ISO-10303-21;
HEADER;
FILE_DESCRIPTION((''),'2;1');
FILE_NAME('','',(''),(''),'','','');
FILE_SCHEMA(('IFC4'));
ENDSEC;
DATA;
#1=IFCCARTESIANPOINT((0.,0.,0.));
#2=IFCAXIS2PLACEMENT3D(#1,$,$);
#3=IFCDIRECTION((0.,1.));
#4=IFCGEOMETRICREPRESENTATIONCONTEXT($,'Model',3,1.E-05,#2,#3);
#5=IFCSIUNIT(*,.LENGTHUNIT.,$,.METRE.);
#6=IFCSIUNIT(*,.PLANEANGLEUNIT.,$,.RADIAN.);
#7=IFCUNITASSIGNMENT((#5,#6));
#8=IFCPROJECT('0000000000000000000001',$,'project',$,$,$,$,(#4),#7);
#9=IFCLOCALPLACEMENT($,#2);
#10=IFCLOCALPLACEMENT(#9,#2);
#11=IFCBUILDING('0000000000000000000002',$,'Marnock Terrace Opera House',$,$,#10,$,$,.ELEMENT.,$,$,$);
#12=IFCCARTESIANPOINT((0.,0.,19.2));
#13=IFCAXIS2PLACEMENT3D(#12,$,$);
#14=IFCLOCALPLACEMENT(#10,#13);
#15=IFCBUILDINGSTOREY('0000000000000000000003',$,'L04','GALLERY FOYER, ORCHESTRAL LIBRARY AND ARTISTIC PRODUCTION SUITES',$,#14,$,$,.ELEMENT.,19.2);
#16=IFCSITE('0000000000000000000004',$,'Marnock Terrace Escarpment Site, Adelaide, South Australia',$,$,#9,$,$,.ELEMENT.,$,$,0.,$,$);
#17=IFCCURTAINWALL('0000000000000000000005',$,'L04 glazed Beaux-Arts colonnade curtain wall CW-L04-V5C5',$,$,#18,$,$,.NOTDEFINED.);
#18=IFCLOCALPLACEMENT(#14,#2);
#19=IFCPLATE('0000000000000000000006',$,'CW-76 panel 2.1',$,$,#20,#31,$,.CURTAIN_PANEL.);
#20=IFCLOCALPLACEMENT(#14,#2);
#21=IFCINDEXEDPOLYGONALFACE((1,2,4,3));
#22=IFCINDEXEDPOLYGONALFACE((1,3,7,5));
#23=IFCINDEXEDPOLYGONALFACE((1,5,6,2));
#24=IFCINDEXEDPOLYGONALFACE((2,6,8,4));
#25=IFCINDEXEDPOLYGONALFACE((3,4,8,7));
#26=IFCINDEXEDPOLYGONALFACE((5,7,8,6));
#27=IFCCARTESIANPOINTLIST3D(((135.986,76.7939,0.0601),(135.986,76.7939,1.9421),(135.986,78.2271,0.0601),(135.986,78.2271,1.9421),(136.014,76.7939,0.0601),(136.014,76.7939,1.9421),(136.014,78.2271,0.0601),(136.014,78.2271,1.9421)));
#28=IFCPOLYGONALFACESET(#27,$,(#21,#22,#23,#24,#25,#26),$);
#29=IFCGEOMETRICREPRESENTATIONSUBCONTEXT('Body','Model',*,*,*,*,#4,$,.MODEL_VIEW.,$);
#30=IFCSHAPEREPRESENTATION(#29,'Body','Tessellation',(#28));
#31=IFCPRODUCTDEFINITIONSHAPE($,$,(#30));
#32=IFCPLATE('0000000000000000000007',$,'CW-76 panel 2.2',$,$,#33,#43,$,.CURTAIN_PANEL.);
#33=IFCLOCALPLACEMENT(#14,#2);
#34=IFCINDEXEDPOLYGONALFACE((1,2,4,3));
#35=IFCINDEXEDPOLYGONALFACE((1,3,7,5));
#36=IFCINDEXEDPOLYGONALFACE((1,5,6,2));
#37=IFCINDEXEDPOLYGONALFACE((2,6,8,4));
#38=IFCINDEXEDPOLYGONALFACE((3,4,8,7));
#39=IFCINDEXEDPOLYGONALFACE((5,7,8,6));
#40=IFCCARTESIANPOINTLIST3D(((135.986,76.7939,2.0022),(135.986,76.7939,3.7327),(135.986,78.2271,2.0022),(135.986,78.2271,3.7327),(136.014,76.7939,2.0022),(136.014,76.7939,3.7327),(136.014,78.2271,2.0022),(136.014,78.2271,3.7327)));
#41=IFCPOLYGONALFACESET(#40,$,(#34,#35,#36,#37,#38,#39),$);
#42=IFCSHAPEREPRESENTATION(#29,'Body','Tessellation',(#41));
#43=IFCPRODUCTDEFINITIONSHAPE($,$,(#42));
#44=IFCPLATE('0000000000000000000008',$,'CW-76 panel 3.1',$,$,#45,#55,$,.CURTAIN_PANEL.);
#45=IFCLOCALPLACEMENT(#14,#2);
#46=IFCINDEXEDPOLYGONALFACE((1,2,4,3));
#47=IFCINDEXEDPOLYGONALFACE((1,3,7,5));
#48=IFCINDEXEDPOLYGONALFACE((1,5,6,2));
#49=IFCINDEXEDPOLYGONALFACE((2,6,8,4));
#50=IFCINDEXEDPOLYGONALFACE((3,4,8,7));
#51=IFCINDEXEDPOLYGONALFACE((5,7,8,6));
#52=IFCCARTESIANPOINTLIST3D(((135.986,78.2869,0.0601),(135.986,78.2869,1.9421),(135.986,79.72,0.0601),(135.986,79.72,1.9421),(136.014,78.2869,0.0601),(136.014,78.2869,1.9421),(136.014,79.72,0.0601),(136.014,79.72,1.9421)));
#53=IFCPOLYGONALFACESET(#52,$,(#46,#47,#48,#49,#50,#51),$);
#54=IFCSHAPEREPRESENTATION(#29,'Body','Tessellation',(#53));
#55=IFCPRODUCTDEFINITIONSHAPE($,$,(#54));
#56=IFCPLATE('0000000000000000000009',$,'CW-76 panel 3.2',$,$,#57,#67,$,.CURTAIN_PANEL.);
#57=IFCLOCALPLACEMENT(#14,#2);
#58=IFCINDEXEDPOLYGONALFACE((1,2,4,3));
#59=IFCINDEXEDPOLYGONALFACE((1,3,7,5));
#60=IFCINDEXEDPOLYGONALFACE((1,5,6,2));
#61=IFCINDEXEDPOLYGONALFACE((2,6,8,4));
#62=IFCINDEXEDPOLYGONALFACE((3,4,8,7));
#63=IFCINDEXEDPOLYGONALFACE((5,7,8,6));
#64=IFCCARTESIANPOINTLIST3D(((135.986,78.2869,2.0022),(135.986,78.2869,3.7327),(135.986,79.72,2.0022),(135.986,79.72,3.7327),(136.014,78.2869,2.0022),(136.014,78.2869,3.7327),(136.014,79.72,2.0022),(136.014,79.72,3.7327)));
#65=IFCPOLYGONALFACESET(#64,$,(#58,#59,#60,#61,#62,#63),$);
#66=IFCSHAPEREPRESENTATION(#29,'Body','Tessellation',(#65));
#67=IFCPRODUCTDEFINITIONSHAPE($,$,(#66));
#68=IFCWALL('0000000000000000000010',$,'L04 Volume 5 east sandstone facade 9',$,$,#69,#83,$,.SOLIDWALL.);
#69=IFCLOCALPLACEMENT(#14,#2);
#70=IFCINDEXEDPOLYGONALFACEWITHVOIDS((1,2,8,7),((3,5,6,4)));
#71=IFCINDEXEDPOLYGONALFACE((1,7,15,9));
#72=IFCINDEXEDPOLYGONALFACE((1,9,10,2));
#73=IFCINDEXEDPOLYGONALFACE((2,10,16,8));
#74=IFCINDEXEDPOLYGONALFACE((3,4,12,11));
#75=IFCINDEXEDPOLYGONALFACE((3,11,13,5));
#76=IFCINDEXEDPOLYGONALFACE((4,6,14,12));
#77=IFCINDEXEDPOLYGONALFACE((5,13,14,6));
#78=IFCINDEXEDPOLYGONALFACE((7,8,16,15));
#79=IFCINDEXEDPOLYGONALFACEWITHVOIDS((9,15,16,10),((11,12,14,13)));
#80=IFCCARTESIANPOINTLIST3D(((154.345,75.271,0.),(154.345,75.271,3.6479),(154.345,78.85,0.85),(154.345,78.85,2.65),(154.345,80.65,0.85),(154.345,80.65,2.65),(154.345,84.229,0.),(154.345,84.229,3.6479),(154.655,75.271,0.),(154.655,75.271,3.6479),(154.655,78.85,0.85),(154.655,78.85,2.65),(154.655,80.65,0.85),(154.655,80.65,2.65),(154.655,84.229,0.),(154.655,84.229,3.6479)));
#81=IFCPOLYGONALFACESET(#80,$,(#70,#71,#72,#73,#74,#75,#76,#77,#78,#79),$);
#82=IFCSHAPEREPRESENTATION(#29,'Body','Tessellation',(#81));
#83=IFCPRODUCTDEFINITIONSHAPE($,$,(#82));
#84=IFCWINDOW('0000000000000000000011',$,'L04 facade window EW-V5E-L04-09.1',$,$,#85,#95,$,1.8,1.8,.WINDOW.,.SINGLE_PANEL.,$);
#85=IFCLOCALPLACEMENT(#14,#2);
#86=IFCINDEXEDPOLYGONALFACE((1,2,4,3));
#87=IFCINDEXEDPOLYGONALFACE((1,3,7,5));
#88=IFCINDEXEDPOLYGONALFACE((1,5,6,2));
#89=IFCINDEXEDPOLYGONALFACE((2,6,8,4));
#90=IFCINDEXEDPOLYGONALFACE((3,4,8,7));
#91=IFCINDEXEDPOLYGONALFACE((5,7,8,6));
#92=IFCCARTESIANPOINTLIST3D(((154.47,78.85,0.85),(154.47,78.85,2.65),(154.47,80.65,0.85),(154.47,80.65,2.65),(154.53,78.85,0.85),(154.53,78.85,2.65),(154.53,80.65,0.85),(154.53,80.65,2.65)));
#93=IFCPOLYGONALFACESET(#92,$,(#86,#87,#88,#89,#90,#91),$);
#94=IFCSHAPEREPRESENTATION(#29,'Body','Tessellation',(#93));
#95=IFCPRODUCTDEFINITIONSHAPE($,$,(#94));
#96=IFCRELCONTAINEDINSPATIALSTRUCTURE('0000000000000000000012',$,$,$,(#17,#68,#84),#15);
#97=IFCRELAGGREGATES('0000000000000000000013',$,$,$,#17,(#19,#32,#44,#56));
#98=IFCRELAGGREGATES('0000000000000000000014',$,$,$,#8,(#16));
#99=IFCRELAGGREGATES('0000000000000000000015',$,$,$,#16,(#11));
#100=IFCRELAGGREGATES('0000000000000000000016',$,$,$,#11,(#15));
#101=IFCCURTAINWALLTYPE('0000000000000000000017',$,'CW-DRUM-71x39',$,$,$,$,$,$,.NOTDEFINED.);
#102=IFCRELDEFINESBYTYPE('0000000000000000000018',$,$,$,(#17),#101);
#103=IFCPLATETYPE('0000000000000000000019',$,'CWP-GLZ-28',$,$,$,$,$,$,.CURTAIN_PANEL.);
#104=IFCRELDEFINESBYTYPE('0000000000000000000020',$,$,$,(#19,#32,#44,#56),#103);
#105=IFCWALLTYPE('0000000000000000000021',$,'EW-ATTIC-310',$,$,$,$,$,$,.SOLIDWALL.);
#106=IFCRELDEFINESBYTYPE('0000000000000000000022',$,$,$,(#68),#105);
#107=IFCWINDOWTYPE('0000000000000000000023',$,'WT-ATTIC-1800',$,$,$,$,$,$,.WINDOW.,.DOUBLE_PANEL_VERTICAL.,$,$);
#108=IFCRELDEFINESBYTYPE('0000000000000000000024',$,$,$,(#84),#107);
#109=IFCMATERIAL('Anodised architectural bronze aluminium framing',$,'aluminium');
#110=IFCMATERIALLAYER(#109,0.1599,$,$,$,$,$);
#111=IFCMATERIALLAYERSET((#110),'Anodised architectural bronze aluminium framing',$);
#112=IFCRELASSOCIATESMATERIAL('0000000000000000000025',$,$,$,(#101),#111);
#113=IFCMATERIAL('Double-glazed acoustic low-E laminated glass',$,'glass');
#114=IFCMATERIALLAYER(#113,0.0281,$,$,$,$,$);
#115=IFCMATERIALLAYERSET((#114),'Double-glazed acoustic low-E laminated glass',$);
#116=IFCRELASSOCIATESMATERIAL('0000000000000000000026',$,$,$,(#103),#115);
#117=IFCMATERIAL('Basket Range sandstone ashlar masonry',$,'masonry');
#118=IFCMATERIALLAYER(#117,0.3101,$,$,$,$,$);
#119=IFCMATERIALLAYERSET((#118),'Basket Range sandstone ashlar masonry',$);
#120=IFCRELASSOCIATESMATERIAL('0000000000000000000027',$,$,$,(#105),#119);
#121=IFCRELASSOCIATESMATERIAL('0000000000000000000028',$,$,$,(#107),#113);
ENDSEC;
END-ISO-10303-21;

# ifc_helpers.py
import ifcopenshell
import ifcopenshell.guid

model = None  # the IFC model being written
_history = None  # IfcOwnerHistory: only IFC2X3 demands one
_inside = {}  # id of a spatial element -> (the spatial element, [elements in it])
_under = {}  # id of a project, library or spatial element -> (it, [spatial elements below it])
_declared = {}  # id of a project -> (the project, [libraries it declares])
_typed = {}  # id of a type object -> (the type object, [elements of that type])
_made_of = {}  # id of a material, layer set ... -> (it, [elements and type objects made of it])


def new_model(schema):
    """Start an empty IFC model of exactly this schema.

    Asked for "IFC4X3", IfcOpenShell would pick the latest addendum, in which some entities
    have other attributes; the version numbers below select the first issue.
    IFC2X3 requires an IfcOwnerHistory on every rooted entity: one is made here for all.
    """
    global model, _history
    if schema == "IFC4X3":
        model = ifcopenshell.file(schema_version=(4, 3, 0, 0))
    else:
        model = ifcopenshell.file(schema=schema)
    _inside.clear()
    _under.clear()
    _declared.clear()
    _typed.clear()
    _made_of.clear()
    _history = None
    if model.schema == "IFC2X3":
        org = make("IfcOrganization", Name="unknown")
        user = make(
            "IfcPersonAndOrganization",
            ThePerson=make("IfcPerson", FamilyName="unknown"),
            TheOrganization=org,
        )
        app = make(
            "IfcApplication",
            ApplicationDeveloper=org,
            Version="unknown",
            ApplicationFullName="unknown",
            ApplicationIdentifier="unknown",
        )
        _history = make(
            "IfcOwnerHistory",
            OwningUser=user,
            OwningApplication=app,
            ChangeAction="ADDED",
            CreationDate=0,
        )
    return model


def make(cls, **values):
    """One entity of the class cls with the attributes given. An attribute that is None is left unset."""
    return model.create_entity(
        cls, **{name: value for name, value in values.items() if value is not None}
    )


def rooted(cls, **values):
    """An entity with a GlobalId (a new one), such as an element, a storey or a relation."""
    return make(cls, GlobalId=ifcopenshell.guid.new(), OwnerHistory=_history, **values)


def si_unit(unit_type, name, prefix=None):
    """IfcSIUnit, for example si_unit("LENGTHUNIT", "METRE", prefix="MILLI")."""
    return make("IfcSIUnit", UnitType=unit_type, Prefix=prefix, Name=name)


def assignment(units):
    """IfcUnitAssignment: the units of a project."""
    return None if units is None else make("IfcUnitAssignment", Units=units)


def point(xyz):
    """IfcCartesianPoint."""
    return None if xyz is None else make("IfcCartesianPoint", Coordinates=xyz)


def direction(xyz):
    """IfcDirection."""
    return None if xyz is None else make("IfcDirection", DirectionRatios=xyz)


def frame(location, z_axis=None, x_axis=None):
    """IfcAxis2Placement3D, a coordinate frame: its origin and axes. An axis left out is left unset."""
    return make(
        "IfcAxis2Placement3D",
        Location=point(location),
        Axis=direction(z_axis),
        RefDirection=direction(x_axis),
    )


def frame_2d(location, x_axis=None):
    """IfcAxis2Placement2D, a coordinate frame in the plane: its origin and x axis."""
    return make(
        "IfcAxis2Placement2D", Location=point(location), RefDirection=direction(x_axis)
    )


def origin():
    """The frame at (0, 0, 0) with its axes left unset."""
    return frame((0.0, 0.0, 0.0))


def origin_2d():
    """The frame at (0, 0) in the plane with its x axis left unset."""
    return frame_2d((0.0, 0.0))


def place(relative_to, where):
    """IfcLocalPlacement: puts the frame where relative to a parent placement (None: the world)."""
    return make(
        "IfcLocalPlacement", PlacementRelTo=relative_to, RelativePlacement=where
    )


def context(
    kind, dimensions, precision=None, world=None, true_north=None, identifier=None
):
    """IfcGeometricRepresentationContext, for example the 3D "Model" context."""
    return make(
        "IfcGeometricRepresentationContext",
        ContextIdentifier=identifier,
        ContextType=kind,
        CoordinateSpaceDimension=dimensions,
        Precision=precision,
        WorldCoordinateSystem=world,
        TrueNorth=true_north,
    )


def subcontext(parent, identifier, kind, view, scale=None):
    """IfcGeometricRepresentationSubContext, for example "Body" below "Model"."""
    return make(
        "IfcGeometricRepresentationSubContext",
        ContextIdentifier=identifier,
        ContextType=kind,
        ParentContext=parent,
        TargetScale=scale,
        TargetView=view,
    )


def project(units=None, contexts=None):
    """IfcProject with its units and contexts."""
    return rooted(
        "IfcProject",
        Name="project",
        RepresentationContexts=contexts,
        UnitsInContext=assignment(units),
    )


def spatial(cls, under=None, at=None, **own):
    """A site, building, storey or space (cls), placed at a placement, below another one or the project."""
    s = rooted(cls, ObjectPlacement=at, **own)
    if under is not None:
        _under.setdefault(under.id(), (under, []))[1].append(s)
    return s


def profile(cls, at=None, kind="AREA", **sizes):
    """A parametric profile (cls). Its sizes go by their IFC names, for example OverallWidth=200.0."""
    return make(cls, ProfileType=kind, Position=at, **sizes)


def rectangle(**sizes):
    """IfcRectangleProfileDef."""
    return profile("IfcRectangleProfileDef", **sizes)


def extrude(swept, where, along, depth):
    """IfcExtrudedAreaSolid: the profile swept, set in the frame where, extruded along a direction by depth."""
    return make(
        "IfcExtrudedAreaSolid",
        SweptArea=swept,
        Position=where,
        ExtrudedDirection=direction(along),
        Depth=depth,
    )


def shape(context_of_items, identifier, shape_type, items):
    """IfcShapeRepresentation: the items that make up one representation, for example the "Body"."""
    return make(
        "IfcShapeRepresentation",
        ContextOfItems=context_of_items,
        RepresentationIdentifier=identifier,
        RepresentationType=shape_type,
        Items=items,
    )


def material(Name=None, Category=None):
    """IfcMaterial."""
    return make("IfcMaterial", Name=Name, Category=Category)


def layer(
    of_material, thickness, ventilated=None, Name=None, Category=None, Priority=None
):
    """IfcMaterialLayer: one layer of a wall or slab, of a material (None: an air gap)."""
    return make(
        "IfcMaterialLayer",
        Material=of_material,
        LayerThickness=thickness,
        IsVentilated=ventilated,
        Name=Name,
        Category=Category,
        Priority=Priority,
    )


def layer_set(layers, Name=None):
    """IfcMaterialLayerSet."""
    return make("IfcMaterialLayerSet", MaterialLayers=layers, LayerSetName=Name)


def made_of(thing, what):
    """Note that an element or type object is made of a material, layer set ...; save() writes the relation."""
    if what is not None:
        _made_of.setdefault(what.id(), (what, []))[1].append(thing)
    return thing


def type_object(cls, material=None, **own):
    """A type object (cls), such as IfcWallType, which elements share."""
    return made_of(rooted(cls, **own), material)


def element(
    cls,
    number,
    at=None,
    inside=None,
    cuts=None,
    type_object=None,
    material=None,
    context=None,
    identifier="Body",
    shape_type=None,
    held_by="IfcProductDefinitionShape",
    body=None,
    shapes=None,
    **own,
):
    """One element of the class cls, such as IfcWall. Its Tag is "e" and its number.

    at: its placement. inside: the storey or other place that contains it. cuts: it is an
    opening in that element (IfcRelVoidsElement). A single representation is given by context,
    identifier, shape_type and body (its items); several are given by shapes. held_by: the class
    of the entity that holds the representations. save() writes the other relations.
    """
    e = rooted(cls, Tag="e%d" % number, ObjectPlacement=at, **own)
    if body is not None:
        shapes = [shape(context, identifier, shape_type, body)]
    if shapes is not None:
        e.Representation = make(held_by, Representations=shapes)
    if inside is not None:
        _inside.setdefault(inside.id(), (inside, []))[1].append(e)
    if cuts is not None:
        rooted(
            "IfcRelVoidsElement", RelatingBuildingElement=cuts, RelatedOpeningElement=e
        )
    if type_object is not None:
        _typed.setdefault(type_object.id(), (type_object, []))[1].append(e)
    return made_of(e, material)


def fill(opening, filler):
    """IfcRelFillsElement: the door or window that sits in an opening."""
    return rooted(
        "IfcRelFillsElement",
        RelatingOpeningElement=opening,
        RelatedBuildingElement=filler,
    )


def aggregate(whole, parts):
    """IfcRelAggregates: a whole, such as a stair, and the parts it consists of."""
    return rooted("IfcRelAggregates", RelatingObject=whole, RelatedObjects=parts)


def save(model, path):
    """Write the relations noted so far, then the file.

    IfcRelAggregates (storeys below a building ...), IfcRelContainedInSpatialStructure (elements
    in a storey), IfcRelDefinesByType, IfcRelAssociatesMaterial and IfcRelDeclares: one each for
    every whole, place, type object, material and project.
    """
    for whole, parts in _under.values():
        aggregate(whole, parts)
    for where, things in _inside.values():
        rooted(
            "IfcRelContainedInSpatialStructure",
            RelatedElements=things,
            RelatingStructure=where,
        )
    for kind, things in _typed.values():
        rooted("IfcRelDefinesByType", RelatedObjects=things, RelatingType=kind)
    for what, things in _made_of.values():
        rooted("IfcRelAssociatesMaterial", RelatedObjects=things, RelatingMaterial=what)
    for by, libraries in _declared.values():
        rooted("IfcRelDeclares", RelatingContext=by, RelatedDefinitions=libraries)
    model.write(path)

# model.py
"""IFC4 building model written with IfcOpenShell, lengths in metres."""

from ifc_helpers import new_model, si_unit, direction, frame, frame_2d, origin, origin_2d, place, context, subcontext, project, spatial, rectangle, extrude, material, layer, layer_set, type_object, element, fill, aggregate, save


model = new_model("IFC4")

# Units and contexts
model_context = context("Model", 3, precision=1e-05, world=origin(), true_north=direction((0.0, 1.0)))
body_context = subcontext(model_context, "Body", "Model", "MODEL_VIEW")
ifc_project = project(units=[si_unit("LENGTHUNIT", "METRE"), si_unit("PLANEANGLEUNIT", "RADIAN")], contexts=[model_context])

# Site, building, storey
site_placement = place(None, origin())
site = spatial("IfcSite", under=ifc_project, at=site_placement, Name="Marnock Terrace Escarpment Site, Adelaide, South Australia", CompositionType="ELEMENT", RefElevation=0.0)
building_placement = place(site_placement, origin())
building = spatial("IfcBuilding", under=site, at=building_placement, Name="Marnock Terrace Opera House", CompositionType="ELEMENT")
storey_placement = place(building_placement, frame((0.0, 0.0, 19.2)))
storey = spatial("IfcBuildingStorey", under=building, at=storey_placement, Name="L04", Description="GALLERY FOYER, ORCHESTRAL LIBRARY AND ARTISTIC PRODUCTION SUITES", CompositionType="ELEMENT", Elevation=19.2)

# Curtain wall, plates
ifc_material_1 = material(Name="Anodised architectural bronze aluminium framing", Category="aluminium")
ifc_layer_1 = layer(ifc_material_1, 0.1599)
ifc_layer_set_1 = layer_set([ifc_layer_1], Name="Anodised architectural bronze aluminium framing")
curtain_wall_type = type_object("IfcCurtainWallType", Name="CW-DRUM-71x39", PredefinedType="NOTDEFINED", material=ifc_layer_set_1)
curtain_wall_placement = place(storey_placement, origin())
curtain_wall = element("IfcCurtainWall", 1, at=curtain_wall_placement, inside=storey, type_object=curtain_wall_type, Name="L04 glazed Beaux-Arts colonnade curtain wall CW-L04-V5C5", PredefinedType="NOTDEFINED")
ifc_material_2 = material(Name="Double-glazed acoustic low-E laminated glass", Category="glass")
ifc_layer_2 = layer(ifc_material_2, 0.0281)
ifc_layer_set_2 = layer_set([ifc_layer_2], Name="Double-glazed acoustic low-E laminated glass")
plate_type = type_object("IfcPlateType", Name="CWP-GLZ-28", PredefinedType="CURTAIN_PANEL", material=ifc_layer_set_2)
plate_1_placement = place(storey_placement, frame((136.0, 77.5105, 0.0601), z_axis=(0.0, 0.0, 1.0), x_axis=(0.0, 1.0, 0.0)))
plate_1 = element("IfcPlate", 2, at=plate_1_placement, type_object=plate_type, Name="CW-76 panel 2.1", PredefinedType="CURTAIN_PANEL", context=body_context, shape_type="SweptSolid", body=[
    extrude(rectangle(XDim=1.4331, YDim=0.0281, at=origin_2d()), origin(), (0.0, 0.0, 1.0), 1.8821),
])
plate_2_placement = place(storey_placement, frame((136.0, 77.5105, 2.0022), z_axis=(0.0, 0.0, 1.0), x_axis=(0.0, 1.0, 0.0)))
plate_2 = element("IfcPlate", 3, at=plate_2_placement, type_object=plate_type, Name="CW-76 panel 2.2", PredefinedType="CURTAIN_PANEL", context=body_context, shape_type="SweptSolid", body=[
    extrude(rectangle(XDim=1.4331, YDim=0.0281, at=origin_2d()), origin(), (0.0, 0.0, 1.0), 1.7305),
])
plate_3_placement = place(storey_placement, frame((136.0, 79.0034, 0.0601), z_axis=(0.0, 0.0, 1.0), x_axis=(0.0, 1.0, 0.0)))
plate_3 = element("IfcPlate", 4, at=plate_3_placement, type_object=plate_type, Name="CW-76 panel 3.1", PredefinedType="CURTAIN_PANEL", context=body_context, shape_type="SweptSolid", body=[
    extrude(rectangle(XDim=1.4331, YDim=0.0281, at=origin_2d()), origin(), (0.0, 0.0, 1.0), 1.8821),
])
plate_4_placement = place(storey_placement, frame((136.0, 79.0034, 2.0022), z_axis=(0.0, 0.0, 1.0), x_axis=(0.0, 1.0, 0.0)))
plate_4 = element("IfcPlate", 5, at=plate_4_placement, type_object=plate_type, Name="CW-76 panel 3.2", PredefinedType="CURTAIN_PANEL", context=body_context, shape_type="SweptSolid", body=[
    extrude(rectangle(XDim=1.4331, YDim=0.0281, at=origin_2d()), origin(), (0.0, 0.0, 1.0), 1.7305),
])
aggregate(curtain_wall, [plate_1, plate_2, plate_3, plate_4])

# Wall, opening, window
ifc_material_3 = material(Name="Basket Range sandstone ashlar masonry", Category="masonry")
ifc_layer_3 = layer(ifc_material_3, 0.3101)
ifc_layer_set_3 = layer_set([ifc_layer_3], Name="Basket Range sandstone ashlar masonry")
wall_type = type_object("IfcWallType", Name="EW-ATTIC-310", PredefinedType="SOLIDWALL", material=ifc_layer_set_3)
wall_placement = place(storey_placement, frame((154.5, 75.271, 0.0), z_axis=(0.0, 0.0, 1.0), x_axis=(0.0, 1.0, 0.0)))
wall = element("IfcWall", 6, at=wall_placement, inside=storey, type_object=wall_type, Name="L04 Volume 5 east sandstone facade 9", PredefinedType="SOLIDWALL", context=body_context, shape_type="SweptSolid", body=[
    extrude(rectangle(XDim=8.958, YDim=0.3101, at=frame_2d((4.479, 0.0))), origin(), (0.0, 0.0, 1.0), 3.6479),
])
opening_placement = place(wall_placement, frame((3.5791, 0.0, 0.8501)))
opening = element("IfcOpeningElement", 7, at=opening_placement, cuts=wall, PredefinedType="OPENING", context=body_context, shape_type="SweptSolid", body=[
    extrude(rectangle(XDim=1.8, YDim=1.8, at=frame_2d((0.8999, 0.8999))), frame((0.0, 0.165, 0.0), z_axis=(0.0, -1.0, 0.0), x_axis=(1.0, 0.0, 0.0)), (0.0, 0.0, 1.0), 0.3301),
])
window_type = type_object("IfcWindowType", Name="WT-ATTIC-1800", PartitioningType="DOUBLE_PANEL_VERTICAL", PredefinedType="WINDOW", material=ifc_material_2)
window_placement = place(opening_placement, origin())
window = element("IfcWindow", 8, at=window_placement, inside=storey, type_object=window_type, Name="L04 facade window EW-V5E-L04-09.1", OverallHeight=1.8, OverallWidth=1.8, PartitioningType="SINGLE_PANEL", PredefinedType="WINDOW", context=body_context, shape_type="SweptSolid", body=[
    extrude(rectangle(XDim=1.8, YDim=1.8, at=frame_2d((0.8999, 0.8999))), frame((0.0, 0.03, 0.0), z_axis=(0.0, -1.0, 0.0), x_axis=(1.0, 0.0, 0.0)), (0.0, 0.0, 1.0), 0.0601),
])
fill(opening, window)

save(model, "model.ifc")
